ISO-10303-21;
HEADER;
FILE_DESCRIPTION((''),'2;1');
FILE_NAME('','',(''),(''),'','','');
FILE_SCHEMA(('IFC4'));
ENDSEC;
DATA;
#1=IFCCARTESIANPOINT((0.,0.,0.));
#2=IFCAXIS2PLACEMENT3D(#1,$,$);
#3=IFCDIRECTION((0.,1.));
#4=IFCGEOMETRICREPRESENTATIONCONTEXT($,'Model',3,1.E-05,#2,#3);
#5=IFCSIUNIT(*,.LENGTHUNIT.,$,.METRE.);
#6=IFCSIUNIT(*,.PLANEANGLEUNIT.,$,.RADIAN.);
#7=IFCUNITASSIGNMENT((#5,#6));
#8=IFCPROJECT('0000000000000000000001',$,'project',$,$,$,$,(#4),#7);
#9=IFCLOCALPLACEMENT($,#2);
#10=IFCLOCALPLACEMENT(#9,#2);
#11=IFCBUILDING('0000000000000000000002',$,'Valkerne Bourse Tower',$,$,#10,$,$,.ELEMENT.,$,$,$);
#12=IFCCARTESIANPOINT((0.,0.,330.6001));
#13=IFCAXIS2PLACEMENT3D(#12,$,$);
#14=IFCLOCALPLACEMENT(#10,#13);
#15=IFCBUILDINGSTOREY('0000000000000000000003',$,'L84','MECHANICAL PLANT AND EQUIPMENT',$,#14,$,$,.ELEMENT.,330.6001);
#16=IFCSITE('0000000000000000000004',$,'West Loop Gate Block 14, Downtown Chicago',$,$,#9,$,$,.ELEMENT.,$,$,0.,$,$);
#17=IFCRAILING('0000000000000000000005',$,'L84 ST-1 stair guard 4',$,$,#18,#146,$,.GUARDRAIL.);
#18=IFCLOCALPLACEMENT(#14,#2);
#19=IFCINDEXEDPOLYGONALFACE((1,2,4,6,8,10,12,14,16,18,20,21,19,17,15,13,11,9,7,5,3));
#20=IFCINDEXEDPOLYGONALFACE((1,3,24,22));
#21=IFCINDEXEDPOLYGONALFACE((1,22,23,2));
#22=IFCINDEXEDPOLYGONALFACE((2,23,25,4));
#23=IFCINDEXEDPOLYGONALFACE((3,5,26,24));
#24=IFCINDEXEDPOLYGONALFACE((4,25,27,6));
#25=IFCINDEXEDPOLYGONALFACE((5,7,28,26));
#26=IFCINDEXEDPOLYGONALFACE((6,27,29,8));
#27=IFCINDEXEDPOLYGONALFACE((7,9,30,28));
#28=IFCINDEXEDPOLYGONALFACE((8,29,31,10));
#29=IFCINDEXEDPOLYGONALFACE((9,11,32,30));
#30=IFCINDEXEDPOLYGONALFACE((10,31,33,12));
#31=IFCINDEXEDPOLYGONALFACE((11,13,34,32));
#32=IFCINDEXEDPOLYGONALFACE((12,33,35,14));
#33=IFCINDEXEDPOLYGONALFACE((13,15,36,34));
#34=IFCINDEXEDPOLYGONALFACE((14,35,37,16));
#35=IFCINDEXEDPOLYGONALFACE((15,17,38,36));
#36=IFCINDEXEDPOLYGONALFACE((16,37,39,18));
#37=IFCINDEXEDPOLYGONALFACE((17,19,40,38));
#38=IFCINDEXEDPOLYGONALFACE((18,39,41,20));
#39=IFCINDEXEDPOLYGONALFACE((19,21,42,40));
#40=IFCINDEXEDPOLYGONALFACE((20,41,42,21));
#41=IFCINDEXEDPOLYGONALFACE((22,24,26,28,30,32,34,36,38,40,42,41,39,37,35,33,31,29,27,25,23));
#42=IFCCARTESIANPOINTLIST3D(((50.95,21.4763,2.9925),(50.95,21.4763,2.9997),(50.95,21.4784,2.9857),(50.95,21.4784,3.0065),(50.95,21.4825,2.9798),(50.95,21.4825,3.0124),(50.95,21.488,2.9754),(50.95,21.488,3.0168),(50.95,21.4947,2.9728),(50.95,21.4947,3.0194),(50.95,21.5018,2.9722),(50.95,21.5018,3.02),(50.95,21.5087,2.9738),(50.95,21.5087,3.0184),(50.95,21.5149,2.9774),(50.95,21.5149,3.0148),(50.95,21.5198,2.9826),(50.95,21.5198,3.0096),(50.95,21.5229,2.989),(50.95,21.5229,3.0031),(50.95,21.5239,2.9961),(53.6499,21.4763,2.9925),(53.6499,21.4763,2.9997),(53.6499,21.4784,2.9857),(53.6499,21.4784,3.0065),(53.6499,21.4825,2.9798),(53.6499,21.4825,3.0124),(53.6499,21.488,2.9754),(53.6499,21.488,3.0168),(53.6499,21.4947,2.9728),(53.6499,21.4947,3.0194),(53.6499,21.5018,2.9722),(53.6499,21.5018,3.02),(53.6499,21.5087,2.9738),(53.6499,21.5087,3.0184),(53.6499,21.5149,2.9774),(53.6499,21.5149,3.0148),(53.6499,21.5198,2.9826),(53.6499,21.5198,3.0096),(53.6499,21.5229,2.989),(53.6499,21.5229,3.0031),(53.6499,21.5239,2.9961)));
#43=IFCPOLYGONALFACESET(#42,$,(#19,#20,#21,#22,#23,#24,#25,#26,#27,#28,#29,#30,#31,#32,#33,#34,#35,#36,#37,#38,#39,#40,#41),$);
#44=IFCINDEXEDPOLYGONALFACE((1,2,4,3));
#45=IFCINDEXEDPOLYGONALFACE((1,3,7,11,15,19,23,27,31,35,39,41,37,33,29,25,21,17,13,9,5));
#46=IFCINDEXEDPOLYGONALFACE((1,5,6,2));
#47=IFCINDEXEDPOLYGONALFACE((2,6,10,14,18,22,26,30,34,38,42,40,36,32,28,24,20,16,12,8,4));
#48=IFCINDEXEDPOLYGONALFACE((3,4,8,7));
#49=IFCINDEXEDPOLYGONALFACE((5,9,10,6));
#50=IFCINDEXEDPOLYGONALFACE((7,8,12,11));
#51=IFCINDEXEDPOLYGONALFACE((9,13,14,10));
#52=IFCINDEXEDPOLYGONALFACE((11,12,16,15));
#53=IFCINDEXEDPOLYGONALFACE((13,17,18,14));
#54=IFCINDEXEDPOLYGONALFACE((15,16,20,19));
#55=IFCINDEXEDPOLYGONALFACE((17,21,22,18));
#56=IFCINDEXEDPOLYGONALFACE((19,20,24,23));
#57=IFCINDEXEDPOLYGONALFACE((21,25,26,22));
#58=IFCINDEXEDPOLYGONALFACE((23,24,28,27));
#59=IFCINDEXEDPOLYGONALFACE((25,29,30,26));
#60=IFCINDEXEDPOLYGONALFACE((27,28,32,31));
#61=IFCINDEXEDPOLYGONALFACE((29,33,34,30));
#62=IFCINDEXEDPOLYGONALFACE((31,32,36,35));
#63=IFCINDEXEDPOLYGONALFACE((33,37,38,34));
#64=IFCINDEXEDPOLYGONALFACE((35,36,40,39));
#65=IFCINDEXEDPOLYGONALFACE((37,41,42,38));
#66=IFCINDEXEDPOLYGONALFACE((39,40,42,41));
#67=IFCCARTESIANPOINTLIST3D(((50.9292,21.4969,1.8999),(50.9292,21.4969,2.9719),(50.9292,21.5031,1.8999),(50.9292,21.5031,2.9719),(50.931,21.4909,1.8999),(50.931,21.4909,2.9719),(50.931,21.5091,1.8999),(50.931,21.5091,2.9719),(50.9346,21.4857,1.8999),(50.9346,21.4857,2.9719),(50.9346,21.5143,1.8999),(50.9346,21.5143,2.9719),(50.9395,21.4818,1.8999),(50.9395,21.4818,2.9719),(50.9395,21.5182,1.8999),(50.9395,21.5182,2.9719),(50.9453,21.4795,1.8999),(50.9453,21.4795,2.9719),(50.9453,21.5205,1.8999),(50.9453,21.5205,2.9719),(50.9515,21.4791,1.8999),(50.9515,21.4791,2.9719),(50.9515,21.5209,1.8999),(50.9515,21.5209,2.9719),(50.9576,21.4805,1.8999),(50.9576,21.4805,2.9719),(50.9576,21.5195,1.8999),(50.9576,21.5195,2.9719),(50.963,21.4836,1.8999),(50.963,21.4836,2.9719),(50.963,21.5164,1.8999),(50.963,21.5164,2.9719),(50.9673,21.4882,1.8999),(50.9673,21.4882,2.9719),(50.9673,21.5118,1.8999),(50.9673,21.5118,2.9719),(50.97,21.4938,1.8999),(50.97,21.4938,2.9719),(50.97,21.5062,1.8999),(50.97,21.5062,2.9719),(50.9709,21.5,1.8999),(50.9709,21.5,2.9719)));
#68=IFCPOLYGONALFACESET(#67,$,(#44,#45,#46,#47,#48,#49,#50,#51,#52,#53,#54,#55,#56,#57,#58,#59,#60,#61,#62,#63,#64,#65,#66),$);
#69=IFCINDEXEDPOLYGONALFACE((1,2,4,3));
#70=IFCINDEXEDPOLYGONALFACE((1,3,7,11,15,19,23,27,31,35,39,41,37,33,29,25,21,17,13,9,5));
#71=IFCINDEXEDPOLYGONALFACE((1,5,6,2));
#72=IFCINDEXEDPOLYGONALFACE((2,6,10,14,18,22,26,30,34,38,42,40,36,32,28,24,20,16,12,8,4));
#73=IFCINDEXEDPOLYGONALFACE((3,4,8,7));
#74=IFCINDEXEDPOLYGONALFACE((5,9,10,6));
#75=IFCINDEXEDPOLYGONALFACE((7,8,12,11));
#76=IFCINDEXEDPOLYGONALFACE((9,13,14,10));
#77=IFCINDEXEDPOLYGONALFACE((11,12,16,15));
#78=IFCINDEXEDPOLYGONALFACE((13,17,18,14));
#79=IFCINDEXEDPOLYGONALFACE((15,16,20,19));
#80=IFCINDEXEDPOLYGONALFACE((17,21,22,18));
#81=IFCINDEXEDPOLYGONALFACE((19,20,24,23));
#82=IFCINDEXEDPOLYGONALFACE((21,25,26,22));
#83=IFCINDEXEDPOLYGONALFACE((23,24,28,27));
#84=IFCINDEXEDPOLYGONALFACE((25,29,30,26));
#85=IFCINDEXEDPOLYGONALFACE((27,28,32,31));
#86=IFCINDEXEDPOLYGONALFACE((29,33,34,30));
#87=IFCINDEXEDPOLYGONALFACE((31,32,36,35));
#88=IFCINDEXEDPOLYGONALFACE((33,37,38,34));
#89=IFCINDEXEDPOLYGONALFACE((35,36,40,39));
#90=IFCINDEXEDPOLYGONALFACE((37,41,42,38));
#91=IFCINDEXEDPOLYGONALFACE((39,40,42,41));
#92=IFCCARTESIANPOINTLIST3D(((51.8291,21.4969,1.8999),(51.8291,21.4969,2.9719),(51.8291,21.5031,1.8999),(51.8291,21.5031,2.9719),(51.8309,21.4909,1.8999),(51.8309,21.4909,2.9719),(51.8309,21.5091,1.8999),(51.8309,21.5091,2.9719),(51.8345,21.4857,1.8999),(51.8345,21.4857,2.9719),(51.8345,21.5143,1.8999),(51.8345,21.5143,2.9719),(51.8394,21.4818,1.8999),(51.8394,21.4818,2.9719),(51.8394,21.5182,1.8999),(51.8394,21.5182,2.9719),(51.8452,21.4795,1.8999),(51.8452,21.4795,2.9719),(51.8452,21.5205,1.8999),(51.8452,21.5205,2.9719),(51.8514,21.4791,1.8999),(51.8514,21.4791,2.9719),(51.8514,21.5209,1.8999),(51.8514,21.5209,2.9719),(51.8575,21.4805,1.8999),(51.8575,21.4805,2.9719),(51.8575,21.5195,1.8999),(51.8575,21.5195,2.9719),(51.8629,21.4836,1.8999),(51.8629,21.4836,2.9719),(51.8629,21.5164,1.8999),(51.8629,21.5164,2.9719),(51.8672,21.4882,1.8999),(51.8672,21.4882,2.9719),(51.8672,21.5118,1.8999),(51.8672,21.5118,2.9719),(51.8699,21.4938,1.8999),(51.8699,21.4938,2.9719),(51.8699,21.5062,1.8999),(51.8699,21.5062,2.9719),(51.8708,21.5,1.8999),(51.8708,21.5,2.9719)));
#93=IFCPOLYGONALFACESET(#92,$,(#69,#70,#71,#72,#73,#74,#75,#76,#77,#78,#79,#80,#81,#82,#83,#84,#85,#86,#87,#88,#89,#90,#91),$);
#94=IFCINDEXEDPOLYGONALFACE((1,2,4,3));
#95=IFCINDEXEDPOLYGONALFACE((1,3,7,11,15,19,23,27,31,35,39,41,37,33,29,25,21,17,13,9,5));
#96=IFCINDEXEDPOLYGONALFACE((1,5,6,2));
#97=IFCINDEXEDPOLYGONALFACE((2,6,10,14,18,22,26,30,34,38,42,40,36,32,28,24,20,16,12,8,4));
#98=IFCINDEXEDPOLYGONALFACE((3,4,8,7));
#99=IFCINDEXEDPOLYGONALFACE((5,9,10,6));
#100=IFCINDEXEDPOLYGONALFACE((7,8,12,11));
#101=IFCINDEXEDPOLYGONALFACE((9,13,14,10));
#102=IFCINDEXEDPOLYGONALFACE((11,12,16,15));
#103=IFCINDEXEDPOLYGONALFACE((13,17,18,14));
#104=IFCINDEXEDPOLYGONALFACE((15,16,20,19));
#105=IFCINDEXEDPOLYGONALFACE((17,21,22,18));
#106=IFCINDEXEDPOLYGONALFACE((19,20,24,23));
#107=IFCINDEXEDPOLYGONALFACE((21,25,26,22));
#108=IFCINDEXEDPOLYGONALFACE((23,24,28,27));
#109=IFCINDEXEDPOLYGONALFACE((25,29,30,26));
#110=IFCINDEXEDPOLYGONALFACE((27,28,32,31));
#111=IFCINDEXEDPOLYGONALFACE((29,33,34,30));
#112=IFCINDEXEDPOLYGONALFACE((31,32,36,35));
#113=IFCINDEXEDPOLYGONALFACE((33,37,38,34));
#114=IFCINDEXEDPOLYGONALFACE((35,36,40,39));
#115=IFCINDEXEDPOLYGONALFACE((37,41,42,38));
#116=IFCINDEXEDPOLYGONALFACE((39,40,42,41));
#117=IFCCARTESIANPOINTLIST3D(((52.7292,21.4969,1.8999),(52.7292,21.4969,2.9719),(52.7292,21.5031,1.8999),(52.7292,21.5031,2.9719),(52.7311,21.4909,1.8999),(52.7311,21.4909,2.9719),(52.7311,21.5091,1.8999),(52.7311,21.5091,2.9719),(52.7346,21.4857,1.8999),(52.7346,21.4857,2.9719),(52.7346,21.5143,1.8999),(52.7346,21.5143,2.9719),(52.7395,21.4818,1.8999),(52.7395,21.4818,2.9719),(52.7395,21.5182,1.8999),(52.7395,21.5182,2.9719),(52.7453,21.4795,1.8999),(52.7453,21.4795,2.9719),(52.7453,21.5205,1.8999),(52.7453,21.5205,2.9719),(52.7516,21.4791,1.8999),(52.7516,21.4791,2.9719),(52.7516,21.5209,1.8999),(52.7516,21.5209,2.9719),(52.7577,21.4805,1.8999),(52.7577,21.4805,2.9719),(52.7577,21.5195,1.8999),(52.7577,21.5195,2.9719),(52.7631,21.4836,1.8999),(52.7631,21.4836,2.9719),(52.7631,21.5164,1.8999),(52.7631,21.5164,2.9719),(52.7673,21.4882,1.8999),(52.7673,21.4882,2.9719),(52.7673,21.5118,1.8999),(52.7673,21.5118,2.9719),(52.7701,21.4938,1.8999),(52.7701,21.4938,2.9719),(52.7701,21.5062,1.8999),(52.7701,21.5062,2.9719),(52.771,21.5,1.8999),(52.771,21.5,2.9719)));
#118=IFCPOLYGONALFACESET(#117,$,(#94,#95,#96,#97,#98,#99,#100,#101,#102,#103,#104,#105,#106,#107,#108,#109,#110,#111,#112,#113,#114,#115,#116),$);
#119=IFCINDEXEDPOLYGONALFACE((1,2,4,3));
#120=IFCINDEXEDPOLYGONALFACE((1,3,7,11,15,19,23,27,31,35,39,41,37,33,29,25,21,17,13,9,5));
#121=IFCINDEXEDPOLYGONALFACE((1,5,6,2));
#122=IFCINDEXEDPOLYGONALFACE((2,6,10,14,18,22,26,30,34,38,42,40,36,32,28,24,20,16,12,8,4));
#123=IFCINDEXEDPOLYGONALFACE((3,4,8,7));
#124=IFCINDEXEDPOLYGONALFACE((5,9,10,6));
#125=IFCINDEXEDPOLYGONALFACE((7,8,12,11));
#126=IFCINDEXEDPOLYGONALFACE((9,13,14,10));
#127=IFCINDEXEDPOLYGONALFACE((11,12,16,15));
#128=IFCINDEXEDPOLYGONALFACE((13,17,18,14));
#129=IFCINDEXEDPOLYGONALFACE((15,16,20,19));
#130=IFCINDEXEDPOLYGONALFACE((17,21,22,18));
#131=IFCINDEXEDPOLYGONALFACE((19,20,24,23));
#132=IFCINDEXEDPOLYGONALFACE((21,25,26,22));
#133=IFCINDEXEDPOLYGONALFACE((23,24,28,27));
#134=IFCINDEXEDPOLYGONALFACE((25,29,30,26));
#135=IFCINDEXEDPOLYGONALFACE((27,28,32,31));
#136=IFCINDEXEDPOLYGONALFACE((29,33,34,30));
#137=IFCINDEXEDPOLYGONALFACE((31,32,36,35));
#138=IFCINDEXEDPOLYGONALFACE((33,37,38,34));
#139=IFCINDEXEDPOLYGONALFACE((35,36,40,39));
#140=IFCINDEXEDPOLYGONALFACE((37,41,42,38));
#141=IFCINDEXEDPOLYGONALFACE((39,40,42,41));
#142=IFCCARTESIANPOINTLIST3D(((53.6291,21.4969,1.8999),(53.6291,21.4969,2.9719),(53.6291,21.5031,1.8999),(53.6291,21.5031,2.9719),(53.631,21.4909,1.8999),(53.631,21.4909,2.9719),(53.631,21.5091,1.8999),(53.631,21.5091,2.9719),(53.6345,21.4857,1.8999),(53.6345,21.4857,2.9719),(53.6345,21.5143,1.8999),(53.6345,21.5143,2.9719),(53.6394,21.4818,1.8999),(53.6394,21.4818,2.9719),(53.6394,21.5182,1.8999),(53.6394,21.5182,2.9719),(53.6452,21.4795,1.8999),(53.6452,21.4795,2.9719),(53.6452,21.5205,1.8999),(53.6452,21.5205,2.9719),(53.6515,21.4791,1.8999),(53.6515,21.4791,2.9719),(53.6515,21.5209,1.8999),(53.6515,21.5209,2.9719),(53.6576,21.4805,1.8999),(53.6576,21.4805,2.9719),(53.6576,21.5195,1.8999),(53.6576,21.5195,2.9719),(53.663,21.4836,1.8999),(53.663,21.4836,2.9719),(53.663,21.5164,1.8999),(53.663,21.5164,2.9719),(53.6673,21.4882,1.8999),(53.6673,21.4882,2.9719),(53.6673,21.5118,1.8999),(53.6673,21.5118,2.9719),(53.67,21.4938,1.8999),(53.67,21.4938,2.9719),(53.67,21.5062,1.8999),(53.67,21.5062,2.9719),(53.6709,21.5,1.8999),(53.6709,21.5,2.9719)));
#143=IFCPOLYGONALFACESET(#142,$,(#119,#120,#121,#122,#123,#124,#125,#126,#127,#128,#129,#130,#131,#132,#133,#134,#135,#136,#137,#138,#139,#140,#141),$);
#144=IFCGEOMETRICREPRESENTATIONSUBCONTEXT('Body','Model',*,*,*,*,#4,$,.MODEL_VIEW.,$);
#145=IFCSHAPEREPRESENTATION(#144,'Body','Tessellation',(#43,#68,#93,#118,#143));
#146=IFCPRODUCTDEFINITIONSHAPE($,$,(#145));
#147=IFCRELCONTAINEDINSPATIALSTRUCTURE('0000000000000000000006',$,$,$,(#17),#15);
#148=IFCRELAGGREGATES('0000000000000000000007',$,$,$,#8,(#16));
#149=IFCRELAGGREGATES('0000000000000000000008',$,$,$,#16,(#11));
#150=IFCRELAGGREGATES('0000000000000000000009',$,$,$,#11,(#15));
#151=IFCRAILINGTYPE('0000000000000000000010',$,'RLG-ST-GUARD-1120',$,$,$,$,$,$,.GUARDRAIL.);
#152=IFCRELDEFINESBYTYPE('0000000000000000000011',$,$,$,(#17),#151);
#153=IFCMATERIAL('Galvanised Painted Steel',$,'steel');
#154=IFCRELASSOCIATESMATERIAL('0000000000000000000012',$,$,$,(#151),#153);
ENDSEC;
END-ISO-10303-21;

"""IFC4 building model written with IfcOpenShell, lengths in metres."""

from ifc_helpers import new_model, si_unit, direction, frame, origin, origin_2d, place, context, subcontext, project, spatial, circle, extrude, material, type_object, element, save


model = new_model("IFC4")

# Units and contexts
model_context = context("Model", 3, precision=1e-05, world=origin(), true_north=direction((0.0, 1.0)))
body_context = subcontext(model_context, "Body", "Model", "MODEL_VIEW")
ifc_project = project(units=[si_unit("LENGTHUNIT", "METRE"), si_unit("PLANEANGLEUNIT", "RADIAN")], contexts=[model_context])

# Site, building, storey
site_placement = place(None, origin())
site = spatial("IfcSite", under=ifc_project, at=site_placement, Name="West Loop Gate Block 14, Downtown Chicago", CompositionType="ELEMENT", RefElevation=0.0)
building_placement = place(site_placement, origin())
building = spatial("IfcBuilding", under=site, at=building_placement, Name="Valkerne Bourse Tower", CompositionType="ELEMENT")
storey_placement = place(building_placement, frame((0.0, 0.0, 330.6001)))
storey = spatial("IfcBuildingStorey", under=building, at=storey_placement, Name="L84", Description="MECHANICAL PLANT AND EQUIPMENT", CompositionType="ELEMENT", Elevation=330.6001)

# Shared definitions
ifc_material_1 = material(Name="Galvanised Painted Steel", Category="steel")

# Railing
railing_type_1 = type_object("IfcRailingType", Name="RLG-ST-GUARD-1120", PredefinedType="GUARDRAIL", material=ifc_material_1)
for number, where, name in (
    (1, (50.95, 21.5, 1.8999), "L84 ST-1 stair guard 4"),
):
    element("IfcRailing", number, at=place(storey_placement, frame(where)), inside=storey, type_object=railing_type_1, Name=name, PredefinedType="GUARDRAIL", context=body_context, shape_type="SweptSolid", body=[
        extrude(circle(Radius=0.0239, at=origin_2d()), frame((0.0, 0.0, 1.0962), z_axis=(1.0, 0.0, 0.0), x_axis=(0.0, 1.0, 0.0)), (0.0, 0.0, 1.0), 2.7),
        extrude(circle(Radius=0.021, at=origin_2d()), origin(), (0.0, 0.0, 1.0), 1.072),
        extrude(circle(Radius=0.021, at=origin_2d()), frame((0.8999, 0.0, 0.0)), (0.0, 0.0, 1.0), 1.072),
        extrude(circle(Radius=0.021, at=origin_2d()), frame((1.8, 0.0, 0.0)), (0.0, 0.0, 1.0), 1.072),
        extrude(circle(Radius=0.021, at=origin_2d()), frame((2.7, 0.0, 0.0)), (0.0, 0.0, 1.0), 1.072),
    ])

save(model, "model.ifc")
